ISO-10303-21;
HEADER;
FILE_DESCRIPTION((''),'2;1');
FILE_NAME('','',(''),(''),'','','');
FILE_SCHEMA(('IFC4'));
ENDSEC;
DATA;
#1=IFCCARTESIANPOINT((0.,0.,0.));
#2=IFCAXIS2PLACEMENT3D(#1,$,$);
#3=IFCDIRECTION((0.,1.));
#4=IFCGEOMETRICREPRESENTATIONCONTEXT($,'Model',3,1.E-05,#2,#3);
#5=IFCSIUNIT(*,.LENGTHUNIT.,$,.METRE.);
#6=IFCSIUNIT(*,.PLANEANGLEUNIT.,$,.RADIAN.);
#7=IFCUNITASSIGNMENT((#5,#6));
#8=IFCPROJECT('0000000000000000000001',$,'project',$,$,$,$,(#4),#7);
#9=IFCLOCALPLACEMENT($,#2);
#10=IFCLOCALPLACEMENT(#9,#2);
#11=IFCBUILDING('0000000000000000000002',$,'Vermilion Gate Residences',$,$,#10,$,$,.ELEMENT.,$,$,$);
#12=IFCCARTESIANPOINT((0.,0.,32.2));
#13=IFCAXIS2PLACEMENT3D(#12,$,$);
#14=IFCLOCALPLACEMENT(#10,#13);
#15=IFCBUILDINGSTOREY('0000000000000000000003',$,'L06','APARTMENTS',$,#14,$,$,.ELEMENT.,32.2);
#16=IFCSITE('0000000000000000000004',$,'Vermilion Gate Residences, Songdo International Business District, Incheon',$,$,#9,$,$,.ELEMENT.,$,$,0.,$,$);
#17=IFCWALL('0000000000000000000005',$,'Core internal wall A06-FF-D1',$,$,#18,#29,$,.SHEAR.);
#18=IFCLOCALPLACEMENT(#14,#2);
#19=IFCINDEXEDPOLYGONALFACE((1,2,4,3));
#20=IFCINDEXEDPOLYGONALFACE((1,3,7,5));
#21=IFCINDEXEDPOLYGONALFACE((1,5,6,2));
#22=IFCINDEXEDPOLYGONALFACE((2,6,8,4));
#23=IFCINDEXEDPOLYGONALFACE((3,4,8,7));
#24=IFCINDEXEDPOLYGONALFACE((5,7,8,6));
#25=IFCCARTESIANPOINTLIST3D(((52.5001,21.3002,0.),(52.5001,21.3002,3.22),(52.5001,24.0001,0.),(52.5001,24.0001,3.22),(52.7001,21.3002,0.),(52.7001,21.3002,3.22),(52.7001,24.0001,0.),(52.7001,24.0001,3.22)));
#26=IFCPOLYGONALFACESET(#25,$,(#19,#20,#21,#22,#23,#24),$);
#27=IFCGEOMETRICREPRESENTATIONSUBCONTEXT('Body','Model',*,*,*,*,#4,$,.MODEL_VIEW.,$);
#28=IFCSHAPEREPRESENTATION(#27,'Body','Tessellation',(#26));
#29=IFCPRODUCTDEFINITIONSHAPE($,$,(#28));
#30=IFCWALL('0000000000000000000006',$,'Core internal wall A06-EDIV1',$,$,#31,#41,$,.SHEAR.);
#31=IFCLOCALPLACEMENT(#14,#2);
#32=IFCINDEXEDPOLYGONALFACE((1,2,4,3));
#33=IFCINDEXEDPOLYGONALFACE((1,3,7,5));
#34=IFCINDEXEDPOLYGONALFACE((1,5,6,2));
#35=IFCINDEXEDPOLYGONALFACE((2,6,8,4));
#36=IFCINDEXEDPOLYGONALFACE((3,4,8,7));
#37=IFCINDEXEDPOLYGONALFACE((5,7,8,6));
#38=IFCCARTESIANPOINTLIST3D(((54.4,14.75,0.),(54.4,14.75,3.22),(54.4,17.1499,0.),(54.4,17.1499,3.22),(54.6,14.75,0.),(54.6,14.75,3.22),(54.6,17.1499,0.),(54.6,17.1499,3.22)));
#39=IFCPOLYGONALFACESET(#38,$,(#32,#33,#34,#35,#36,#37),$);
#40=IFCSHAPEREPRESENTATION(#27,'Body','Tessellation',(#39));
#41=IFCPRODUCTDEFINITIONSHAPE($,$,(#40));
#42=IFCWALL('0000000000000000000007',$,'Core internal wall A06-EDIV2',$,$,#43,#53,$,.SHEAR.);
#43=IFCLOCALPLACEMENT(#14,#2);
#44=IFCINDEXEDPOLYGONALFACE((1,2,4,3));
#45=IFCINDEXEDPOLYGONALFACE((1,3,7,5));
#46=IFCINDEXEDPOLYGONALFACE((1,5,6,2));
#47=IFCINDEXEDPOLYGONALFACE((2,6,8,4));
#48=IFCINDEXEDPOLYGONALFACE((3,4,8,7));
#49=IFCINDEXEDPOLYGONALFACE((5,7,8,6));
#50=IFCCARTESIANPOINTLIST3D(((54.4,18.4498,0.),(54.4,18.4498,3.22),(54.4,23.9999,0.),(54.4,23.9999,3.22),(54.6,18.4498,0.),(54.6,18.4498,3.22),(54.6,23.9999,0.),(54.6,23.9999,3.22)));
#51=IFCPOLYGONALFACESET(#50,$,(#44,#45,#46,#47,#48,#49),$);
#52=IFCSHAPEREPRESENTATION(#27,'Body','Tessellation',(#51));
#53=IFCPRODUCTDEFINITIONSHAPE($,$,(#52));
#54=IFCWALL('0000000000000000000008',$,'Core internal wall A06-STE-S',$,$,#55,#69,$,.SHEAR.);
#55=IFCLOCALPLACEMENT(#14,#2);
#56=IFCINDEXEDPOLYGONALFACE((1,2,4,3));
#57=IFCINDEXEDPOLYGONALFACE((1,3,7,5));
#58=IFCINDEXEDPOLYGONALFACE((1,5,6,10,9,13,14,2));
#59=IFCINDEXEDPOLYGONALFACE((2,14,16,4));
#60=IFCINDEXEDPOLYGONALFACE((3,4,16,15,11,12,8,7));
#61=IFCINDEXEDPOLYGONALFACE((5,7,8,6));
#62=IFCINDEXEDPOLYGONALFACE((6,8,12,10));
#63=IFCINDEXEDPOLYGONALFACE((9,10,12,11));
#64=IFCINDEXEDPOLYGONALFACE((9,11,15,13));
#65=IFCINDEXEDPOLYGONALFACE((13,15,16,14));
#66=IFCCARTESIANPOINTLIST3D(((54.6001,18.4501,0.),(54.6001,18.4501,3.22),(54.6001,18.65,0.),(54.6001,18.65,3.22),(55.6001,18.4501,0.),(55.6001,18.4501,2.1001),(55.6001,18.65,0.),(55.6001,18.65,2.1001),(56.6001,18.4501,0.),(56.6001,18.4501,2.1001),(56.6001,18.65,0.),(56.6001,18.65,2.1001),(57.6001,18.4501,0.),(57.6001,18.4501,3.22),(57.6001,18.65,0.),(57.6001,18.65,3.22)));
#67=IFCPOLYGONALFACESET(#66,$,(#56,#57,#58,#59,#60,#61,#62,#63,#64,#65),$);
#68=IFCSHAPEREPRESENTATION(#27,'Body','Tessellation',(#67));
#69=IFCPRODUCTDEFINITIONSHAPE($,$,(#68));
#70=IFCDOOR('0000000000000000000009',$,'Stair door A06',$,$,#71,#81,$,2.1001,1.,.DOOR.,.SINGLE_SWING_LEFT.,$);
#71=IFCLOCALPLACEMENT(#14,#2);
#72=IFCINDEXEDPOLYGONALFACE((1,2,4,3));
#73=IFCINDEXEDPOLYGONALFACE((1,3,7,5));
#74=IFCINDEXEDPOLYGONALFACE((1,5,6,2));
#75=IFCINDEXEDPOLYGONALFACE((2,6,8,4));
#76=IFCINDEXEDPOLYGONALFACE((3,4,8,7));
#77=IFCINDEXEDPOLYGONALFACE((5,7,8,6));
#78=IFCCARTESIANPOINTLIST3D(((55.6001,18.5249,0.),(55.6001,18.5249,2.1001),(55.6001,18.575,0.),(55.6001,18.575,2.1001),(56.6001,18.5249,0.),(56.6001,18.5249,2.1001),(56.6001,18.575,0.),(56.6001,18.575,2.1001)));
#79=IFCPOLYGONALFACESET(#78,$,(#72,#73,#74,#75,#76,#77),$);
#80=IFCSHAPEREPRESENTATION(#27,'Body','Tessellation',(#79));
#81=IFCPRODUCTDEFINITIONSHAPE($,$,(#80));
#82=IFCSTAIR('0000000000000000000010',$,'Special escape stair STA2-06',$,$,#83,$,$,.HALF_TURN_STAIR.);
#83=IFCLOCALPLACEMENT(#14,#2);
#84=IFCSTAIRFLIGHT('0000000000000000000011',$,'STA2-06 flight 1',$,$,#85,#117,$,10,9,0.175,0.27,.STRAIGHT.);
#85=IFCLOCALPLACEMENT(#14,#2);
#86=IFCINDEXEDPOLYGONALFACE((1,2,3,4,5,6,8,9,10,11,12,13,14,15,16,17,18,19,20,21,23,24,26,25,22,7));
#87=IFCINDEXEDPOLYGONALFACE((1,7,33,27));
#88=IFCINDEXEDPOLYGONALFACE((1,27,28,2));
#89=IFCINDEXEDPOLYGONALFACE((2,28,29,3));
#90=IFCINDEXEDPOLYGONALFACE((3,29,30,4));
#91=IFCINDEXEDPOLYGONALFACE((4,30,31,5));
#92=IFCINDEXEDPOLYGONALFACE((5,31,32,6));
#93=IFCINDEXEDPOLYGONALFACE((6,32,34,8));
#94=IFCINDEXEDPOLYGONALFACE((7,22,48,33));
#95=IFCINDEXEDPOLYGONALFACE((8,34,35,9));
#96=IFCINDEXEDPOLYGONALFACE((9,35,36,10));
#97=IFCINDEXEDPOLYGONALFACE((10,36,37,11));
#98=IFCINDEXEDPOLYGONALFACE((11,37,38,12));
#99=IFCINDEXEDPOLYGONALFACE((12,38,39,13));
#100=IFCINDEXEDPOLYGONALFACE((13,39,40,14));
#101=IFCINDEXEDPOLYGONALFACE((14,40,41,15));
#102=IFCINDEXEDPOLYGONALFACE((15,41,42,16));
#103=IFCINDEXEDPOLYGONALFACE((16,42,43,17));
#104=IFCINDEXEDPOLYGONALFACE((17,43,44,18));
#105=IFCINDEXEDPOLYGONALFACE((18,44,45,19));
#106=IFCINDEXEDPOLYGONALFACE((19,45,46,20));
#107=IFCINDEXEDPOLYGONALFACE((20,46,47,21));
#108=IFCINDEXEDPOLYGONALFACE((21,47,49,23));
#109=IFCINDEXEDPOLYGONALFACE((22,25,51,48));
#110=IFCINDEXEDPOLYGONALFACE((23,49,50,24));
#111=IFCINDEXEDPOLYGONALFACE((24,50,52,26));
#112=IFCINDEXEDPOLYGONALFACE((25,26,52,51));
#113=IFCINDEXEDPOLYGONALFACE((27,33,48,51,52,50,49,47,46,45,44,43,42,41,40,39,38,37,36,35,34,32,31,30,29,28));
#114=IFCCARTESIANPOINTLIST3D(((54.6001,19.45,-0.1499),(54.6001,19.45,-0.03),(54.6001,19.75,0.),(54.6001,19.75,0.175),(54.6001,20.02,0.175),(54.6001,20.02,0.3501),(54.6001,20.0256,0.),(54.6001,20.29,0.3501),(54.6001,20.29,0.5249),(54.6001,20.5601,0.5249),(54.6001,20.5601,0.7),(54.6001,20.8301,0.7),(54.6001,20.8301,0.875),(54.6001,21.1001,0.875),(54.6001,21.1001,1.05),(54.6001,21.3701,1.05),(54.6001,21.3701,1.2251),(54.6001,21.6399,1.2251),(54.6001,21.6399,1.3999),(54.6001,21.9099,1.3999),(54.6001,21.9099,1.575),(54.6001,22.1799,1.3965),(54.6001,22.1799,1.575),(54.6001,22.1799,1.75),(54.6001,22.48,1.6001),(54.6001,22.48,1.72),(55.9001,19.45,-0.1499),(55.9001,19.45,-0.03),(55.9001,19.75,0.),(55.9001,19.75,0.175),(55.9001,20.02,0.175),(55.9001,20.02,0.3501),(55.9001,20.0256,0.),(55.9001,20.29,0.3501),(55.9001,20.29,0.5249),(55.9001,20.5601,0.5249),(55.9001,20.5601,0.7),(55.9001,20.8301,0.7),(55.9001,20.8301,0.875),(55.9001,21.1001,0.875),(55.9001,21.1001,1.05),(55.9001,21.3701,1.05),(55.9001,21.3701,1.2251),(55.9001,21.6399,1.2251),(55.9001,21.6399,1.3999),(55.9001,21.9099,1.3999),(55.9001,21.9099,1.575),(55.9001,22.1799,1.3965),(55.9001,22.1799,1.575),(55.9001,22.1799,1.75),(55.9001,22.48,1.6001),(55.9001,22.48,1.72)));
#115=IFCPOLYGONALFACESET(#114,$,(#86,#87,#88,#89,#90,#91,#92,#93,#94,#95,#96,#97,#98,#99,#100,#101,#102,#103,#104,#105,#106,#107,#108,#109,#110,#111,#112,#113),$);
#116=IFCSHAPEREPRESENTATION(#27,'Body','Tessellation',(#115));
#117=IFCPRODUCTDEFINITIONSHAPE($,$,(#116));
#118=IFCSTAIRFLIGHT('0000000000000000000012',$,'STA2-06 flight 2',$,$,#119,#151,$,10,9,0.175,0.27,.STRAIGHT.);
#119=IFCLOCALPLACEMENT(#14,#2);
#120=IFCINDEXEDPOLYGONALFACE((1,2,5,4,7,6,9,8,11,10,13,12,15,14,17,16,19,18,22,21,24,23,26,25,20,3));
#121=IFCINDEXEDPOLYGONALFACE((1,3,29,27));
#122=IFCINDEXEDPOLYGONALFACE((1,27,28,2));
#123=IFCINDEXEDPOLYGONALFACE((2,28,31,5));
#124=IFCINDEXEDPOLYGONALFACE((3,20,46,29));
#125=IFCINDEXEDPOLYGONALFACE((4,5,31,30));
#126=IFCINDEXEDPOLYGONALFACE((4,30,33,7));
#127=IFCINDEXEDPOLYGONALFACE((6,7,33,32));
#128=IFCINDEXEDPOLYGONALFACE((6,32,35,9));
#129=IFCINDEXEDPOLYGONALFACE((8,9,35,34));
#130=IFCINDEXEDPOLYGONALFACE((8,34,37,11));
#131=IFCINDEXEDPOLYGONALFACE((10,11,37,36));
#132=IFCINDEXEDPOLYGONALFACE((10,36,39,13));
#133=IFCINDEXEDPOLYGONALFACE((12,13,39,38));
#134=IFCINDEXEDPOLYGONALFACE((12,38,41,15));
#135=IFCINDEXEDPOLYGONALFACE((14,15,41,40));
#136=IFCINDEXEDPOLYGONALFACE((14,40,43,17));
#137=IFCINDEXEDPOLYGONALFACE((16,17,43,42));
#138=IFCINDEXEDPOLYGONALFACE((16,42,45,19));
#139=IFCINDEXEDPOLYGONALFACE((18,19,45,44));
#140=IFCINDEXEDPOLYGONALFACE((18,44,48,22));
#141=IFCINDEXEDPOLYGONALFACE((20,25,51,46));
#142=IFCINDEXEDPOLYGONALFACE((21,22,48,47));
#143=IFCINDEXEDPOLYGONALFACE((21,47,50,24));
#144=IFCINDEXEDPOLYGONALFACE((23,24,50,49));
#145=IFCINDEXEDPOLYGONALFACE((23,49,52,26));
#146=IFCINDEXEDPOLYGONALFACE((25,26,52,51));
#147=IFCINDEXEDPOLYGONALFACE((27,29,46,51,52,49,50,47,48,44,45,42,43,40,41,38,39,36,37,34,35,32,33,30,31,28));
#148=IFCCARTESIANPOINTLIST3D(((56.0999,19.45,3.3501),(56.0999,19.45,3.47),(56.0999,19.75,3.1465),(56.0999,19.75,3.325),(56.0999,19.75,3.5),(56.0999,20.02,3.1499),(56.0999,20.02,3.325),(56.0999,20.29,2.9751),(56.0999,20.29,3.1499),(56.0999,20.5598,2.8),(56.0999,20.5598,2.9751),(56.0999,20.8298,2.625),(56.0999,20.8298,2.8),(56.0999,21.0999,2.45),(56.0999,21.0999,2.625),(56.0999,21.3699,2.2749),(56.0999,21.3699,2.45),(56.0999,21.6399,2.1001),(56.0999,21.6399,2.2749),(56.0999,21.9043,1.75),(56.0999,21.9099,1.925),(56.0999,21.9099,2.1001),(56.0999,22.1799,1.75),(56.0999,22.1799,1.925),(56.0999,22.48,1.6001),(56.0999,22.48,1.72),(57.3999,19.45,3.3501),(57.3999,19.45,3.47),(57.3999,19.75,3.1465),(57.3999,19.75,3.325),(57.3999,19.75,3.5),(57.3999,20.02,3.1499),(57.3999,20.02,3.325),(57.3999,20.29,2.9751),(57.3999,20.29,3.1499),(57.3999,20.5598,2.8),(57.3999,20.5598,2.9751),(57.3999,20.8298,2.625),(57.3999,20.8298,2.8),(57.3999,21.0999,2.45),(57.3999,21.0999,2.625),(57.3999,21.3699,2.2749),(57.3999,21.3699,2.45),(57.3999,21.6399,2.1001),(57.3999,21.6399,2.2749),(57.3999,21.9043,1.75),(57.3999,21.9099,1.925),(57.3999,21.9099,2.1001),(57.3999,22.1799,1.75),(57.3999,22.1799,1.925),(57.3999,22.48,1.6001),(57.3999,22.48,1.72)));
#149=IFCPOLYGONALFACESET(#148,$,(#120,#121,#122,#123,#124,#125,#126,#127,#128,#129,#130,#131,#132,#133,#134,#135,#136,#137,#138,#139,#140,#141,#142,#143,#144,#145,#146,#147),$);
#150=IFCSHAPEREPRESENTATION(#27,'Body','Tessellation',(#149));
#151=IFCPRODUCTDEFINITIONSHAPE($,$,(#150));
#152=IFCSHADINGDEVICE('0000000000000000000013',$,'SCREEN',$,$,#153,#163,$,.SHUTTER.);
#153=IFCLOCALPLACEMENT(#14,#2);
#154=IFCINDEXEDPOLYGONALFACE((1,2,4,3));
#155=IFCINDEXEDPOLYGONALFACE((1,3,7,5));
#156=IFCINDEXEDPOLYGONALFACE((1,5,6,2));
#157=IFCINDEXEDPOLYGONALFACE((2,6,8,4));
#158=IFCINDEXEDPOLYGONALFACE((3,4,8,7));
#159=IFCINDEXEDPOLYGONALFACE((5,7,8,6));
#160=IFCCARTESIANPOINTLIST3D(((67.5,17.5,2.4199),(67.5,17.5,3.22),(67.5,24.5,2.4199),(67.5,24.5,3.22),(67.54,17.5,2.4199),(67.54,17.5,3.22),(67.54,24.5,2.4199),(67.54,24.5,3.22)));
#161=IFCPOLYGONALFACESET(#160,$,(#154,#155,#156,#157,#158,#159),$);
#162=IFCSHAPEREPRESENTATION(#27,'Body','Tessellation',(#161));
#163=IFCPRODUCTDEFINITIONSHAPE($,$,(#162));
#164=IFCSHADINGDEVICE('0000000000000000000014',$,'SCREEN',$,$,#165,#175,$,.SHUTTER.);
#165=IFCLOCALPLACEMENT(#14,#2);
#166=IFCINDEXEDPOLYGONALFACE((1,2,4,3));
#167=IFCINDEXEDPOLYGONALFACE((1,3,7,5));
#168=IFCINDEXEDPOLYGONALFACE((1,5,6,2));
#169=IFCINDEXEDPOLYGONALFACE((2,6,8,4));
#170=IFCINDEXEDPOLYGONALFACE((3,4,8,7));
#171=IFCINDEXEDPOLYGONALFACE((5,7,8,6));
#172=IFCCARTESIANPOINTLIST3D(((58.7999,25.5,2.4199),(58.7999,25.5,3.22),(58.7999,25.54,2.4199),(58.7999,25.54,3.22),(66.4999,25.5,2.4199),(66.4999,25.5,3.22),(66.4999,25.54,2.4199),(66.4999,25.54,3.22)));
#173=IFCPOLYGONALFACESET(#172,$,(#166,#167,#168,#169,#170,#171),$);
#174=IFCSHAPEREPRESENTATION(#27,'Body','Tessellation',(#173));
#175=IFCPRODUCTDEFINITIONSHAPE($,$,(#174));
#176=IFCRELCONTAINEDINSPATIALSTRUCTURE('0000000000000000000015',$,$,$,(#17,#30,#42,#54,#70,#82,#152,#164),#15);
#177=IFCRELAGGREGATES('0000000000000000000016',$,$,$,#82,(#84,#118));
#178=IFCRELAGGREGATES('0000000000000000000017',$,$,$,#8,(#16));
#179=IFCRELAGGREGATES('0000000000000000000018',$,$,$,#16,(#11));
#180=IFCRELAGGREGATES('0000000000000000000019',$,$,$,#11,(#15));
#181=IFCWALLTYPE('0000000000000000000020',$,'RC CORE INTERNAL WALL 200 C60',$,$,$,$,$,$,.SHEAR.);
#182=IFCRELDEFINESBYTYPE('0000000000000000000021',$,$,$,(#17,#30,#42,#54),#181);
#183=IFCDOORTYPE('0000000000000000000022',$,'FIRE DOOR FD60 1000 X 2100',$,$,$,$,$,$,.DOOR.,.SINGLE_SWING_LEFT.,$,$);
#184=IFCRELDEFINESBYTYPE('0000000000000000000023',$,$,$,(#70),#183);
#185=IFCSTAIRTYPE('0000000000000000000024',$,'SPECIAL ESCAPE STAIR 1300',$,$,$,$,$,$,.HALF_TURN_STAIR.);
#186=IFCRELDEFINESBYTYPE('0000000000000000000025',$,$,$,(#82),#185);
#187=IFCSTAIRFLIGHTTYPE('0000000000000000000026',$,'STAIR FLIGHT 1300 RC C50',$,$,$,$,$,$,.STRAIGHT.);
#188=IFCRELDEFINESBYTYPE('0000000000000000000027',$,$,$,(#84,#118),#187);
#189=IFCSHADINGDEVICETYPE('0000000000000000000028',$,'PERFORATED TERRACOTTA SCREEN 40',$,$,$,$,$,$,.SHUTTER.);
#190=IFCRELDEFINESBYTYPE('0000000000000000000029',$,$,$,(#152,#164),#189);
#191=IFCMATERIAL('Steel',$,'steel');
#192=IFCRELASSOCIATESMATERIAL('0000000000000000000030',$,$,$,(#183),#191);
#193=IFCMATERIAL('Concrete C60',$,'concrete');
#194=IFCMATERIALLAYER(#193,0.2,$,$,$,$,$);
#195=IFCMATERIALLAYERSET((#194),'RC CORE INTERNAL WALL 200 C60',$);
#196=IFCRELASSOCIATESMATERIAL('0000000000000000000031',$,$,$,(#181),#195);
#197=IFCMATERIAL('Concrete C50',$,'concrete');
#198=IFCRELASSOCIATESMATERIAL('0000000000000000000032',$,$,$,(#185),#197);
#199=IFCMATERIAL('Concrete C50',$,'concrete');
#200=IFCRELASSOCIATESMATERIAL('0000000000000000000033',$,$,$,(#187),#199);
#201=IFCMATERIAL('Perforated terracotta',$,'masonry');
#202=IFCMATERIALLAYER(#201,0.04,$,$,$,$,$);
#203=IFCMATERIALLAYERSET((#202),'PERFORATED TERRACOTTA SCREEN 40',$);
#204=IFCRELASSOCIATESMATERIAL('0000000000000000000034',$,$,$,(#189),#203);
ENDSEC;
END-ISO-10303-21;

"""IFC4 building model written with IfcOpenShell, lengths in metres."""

from ifc_helpers import new_model, si_unit, direction, frame, frame_2d, origin, origin_2d, place, context, subcontext, project, spatial, polyline, rectangle, outline, extrude, material, layer, layer_set, type_object, element, fill, aggregate, save


model = new_model("IFC4")

# Units and contexts
model_context = context("Model", 3, precision=1e-05, world=origin(), true_north=direction((0.0, 1.0)))
body_context = subcontext(model_context, "Body", "Model", "MODEL_VIEW")
ifc_project = project(units=[si_unit("LENGTHUNIT", "METRE"), si_unit("PLANEANGLEUNIT", "RADIAN")], contexts=[model_context])

# Site, building, storey
site_placement = place(None, origin())
site = spatial("IfcSite", under=ifc_project, at=site_placement, Name="Vermilion Gate Residences, Songdo International Business District, Incheon", CompositionType="ELEMENT", RefElevation=0.0)
building_placement = place(site_placement, origin())
building = spatial("IfcBuilding", under=site, at=building_placement, Name="Vermilion Gate Residences", CompositionType="ELEMENT")
storey_placement = place(building_placement, frame((0.0, 0.0, 32.2)))
storey = spatial("IfcBuildingStorey", under=building, at=storey_placement, Name="L06", Description="APARTMENTS", CompositionType="ELEMENT", Elevation=32.2)

# Shared definitions
ifc_material_1 = material(Name="Steel", Category="steel")
door_type = type_object("IfcDoorType", Name="FIRE DOOR FD60 1000 X 2100", OperationType="SINGLE_SWING_LEFT", PredefinedType="DOOR", material=ifc_material_1)

# Walls
ifc_material_2 = material(Name="Concrete C60", Category="concrete")
ifc_layer_1 = layer(ifc_material_2, 0.2)
ifc_layer_set_1 = layer_set([ifc_layer_1], Name="RC CORE INTERNAL WALL 200 C60")
wall_type_1 = type_object("IfcWallType", Name="RC CORE INTERNAL WALL 200 C60", PredefinedType="SHEAR", material=ifc_layer_set_1)
wall_1_placement = place(storey_placement, frame((52.6001, 21.3, 0.0), z_axis=(0.0, 0.0, 1.0), x_axis=(0.0, 1.0, 0.0)))
element("IfcWall", 1, at=wall_1_placement, inside=storey, type_object=wall_type_1, Name="Core internal wall A06-FF-D1", PredefinedType="SHEAR", context=body_context, shape_type="SweptSolid", body=[
    extrude(rectangle(XDim=2.7, YDim=0.2, at=frame_2d((1.3501, 0.0))), origin(), (0.0, 0.0, 1.0), 3.22),
])
wall_2_placement = place(storey_placement, frame((54.5, 14.75, 0.0), z_axis=(0.0, 0.0, 1.0), x_axis=(0.0, 1.0, 0.0)))
element("IfcWall", 2, at=wall_2_placement, inside=storey, type_object=wall_type_1, Name="Core internal wall A06-EDIV1", PredefinedType="SHEAR", context=body_context, shape_type="SweptSolid", body=[
    extrude(rectangle(XDim=2.3999, YDim=0.2, at=frame_2d((1.2, 0.0))), origin(), (0.0, 0.0, 1.0), 3.22),
])
wall_3_placement = place(storey_placement, frame((54.5, 18.45, 0.0), z_axis=(0.0, 0.0, 1.0), x_axis=(0.0, 1.0, 0.0)))
element("IfcWall", 3, at=wall_3_placement, inside=storey, type_object=wall_type_1, Name="Core internal wall A06-EDIV2", PredefinedType="SHEAR", context=body_context, shape_type="SweptSolid", body=[
    extrude(rectangle(XDim=5.55, YDim=0.2, at=frame_2d((2.7749, 0.0))), origin(), (0.0, 0.0, 1.0), 3.22),
])

# Wall, opening, door
wall_4_placement = place(storey_placement, frame((54.6001, 18.55, 0.0), z_axis=(0.0, 0.0, 1.0), x_axis=(1.0, 0.0, 0.0)))
wall_4 = element("IfcWall", 4, at=wall_4_placement, inside=storey, type_object=wall_type_1, Name="Core internal wall A06-STE-S", PredefinedType="SHEAR", context=body_context, shape_type="SweptSolid", body=[
    extrude(rectangle(XDim=3.0, YDim=0.2, at=frame_2d((1.5, 0.0))), origin(), (0.0, 0.0, 1.0), 3.22),
])
opening_1_placement = place(wall_4_placement, frame((1.0, 0.0, 0.0)))
opening_1 = element("IfcOpeningElement", 5, at=opening_1_placement, cuts=wall_4, PredefinedType="OPENING", context=body_context, shape_type="SweptSolid", body=[
    extrude(rectangle(XDim=1.0, YDim=2.1001, at=frame_2d((0.5, 1.05))), frame((0.0, 0.1099, 0.0), z_axis=(0.0, -1.0, 0.0), x_axis=(1.0, 0.0, 0.0)), (0.0, 0.0, 1.0), 0.22),
])
door_1_placement = place(opening_1_placement, origin())
door_1 = element("IfcDoor", 6, at=door_1_placement, inside=storey, type_object=door_type, Name="Stair door A06", OperationType="SINGLE_SWING_LEFT", OverallHeight=2.1001, OverallWidth=1.0, PredefinedType="DOOR", context=body_context, shape_type="SweptSolid", body=[
    extrude(rectangle(XDim=1.0, YDim=2.1001, at=frame_2d((0.5, 1.05))), frame((0.0, 0.0249, 0.0), z_axis=(0.0, -1.0, 0.0), x_axis=(1.0, 0.0, 0.0)), (0.0, 0.0, 1.0), 0.05),
])
fill(opening_1, door_1)

# Stair, stair flights
ifc_material_3 = material(Name="Concrete C50", Category="concrete")
stair_type = type_object("IfcStairType", Name="SPECIAL ESCAPE STAIR 1300", PredefinedType="HALF_TURN_STAIR", material=ifc_material_3)
stair_placement = place(storey_placement, origin())
stair = element("IfcStair", 7, at=stair_placement, inside=storey, type_object=stair_type, Name="Special escape stair STA2-06", PredefinedType="HALF_TURN_STAIR")
ifc_material_4 = material(Name="Concrete C50", Category="concrete")
stair_flight_type = type_object("IfcStairFlightType", Name="STAIR FLIGHT 1300 RC C50", PredefinedType="STRAIGHT", material=ifc_material_4)
stair_flight_1_placement = place(storey_placement, frame((55.25, 19.75, 0.0), z_axis=(0.0, 0.0, 1.0), x_axis=(0.0, 1.0, 0.0)))
stair_flight_1 = element("IfcStairFlight", 8, at=stair_flight_1_placement, type_object=stair_flight_type, Name="STA2-06 flight 1", NumberOfRisers=10, NumberOfTreads=9, PredefinedType="STRAIGHT", RiserHeight=0.175, TreadLength=0.27, context=body_context, shape_type="SweptSolid", body=[
    extrude(outline(polyline([(-0.3, -0.1499), (-0.3, -0.03), (0.0, 0.0), (0.0, 0.175), (0.27, 0.175), (0.27, 0.3501), (0.54, 0.3501), (0.54, 0.5249), (0.8101, 0.5249), (0.8101, 0.7), (1.0801, 0.7), (1.0801, 0.875), (1.3501, 0.875), (1.3501, 1.05), (1.6201, 1.05), (1.6201, 1.2251), (1.8899, 1.2251), (1.8899, 1.3999), (2.1599, 1.3999), (2.1599, 1.575), (2.4299, 1.575), (2.4299, 1.75), (2.73, 1.72), (2.73, 1.6001), (2.4299, 1.3965), (0.2756, 0.0), (-0.3, -0.1499)])), frame((0.0, 0.6499, 0.0), z_axis=(0.0, -1.0, 0.0), x_axis=(1.0, 0.0, 0.0)), (0.0, 0.0, 1.0), 1.3),
])
stair_flight_2_placement = place(storey_placement, frame((56.75, 22.1799, 1.75), z_axis=(0.0, 0.0, 1.0), x_axis=(0.0, -1.0, 0.0)))
stair_flight_2 = element("IfcStairFlight", 9, at=stair_flight_2_placement, type_object=stair_flight_type, Name="STA2-06 flight 2", NumberOfRisers=10, NumberOfTreads=9, PredefinedType="STRAIGHT", RiserHeight=0.175, TreadLength=0.27, context=body_context, shape_type="SweptSolid", body=[
    extrude(outline(polyline([(-0.3, -0.1499), (-0.3, -0.03), (0.0, 0.0), (0.0, 0.175), (0.27, 0.175), (0.27, 0.3501), (0.54, 0.3501), (0.54, 0.5249), (0.8101, 0.5249), (0.8101, 0.7), (1.0801, 0.7), (1.0801, 0.875), (1.3501, 0.875), (1.3501, 1.05), (1.6201, 1.05), (1.6201, 1.2251), (1.8899, 1.2251), (1.8899, 1.3999), (2.1599, 1.3999), (2.1599, 1.575), (2.4299, 1.575), (2.4299, 1.75), (2.73, 1.72), (2.73, 1.6001), (2.4299, 1.3965), (0.2756, 0.0), (-0.3, -0.1499)])), frame((0.0, 0.6499, 0.0), z_axis=(0.0, -1.0, 0.0), x_axis=(1.0, 0.0, 0.0)), (0.0, 0.0, 1.0), 1.3),
])
aggregate(stair, [stair_flight_1, stair_flight_2])

# Shading devices
ifc_material_5 = material(Name="Perforated terracotta", Category="masonry")
ifc_layer_2 = layer(ifc_material_5, 0.04)
ifc_layer_set_2 = layer_set([ifc_layer_2], Name="PERFORATED TERRACOTTA SCREEN 40")
shading_device_type_1 = type_object("IfcShadingDeviceType", Name="PERFORATED TERRACOTTA SCREEN 40", PredefinedType="SHUTTER", material=ifc_layer_set_2)
shading_device_1_placement = place(storey_placement, frame((67.52, 21.0, 2.4199), z_axis=(0.0, 0.0, 1.0), x_axis=(0.0, 1.0, 0.0)))
element("IfcShadingDevice", 10, at=shading_device_1_placement, inside=storey, type_object=shading_device_type_1, Name="SCREEN", PredefinedType="SHUTTER", context=body_context, shape_type="SweptSolid", body=[
    extrude(rectangle(XDim=7.0, YDim=0.04, at=origin_2d()), origin(), (0.0, 0.0, 1.0), 0.8),
])
shading_device_2_placement = place(storey_placement, frame((62.6499, 25.52, 2.4199), z_axis=(0.0, 0.0, 1.0), x_axis=(-1.0, 0.0, 0.0)))
element("IfcShadingDevice", 11, at=shading_device_2_placement, inside=storey, type_object=shading_device_type_1, Name="SCREEN", PredefinedType="SHUTTER", context=body_context, shape_type="SweptSolid", body=[
    extrude(rectangle(XDim=7.7, YDim=0.04, at=origin_2d()), origin(), (0.0, 0.0, 1.0), 0.8),
])

save(model, "model.ifc")
